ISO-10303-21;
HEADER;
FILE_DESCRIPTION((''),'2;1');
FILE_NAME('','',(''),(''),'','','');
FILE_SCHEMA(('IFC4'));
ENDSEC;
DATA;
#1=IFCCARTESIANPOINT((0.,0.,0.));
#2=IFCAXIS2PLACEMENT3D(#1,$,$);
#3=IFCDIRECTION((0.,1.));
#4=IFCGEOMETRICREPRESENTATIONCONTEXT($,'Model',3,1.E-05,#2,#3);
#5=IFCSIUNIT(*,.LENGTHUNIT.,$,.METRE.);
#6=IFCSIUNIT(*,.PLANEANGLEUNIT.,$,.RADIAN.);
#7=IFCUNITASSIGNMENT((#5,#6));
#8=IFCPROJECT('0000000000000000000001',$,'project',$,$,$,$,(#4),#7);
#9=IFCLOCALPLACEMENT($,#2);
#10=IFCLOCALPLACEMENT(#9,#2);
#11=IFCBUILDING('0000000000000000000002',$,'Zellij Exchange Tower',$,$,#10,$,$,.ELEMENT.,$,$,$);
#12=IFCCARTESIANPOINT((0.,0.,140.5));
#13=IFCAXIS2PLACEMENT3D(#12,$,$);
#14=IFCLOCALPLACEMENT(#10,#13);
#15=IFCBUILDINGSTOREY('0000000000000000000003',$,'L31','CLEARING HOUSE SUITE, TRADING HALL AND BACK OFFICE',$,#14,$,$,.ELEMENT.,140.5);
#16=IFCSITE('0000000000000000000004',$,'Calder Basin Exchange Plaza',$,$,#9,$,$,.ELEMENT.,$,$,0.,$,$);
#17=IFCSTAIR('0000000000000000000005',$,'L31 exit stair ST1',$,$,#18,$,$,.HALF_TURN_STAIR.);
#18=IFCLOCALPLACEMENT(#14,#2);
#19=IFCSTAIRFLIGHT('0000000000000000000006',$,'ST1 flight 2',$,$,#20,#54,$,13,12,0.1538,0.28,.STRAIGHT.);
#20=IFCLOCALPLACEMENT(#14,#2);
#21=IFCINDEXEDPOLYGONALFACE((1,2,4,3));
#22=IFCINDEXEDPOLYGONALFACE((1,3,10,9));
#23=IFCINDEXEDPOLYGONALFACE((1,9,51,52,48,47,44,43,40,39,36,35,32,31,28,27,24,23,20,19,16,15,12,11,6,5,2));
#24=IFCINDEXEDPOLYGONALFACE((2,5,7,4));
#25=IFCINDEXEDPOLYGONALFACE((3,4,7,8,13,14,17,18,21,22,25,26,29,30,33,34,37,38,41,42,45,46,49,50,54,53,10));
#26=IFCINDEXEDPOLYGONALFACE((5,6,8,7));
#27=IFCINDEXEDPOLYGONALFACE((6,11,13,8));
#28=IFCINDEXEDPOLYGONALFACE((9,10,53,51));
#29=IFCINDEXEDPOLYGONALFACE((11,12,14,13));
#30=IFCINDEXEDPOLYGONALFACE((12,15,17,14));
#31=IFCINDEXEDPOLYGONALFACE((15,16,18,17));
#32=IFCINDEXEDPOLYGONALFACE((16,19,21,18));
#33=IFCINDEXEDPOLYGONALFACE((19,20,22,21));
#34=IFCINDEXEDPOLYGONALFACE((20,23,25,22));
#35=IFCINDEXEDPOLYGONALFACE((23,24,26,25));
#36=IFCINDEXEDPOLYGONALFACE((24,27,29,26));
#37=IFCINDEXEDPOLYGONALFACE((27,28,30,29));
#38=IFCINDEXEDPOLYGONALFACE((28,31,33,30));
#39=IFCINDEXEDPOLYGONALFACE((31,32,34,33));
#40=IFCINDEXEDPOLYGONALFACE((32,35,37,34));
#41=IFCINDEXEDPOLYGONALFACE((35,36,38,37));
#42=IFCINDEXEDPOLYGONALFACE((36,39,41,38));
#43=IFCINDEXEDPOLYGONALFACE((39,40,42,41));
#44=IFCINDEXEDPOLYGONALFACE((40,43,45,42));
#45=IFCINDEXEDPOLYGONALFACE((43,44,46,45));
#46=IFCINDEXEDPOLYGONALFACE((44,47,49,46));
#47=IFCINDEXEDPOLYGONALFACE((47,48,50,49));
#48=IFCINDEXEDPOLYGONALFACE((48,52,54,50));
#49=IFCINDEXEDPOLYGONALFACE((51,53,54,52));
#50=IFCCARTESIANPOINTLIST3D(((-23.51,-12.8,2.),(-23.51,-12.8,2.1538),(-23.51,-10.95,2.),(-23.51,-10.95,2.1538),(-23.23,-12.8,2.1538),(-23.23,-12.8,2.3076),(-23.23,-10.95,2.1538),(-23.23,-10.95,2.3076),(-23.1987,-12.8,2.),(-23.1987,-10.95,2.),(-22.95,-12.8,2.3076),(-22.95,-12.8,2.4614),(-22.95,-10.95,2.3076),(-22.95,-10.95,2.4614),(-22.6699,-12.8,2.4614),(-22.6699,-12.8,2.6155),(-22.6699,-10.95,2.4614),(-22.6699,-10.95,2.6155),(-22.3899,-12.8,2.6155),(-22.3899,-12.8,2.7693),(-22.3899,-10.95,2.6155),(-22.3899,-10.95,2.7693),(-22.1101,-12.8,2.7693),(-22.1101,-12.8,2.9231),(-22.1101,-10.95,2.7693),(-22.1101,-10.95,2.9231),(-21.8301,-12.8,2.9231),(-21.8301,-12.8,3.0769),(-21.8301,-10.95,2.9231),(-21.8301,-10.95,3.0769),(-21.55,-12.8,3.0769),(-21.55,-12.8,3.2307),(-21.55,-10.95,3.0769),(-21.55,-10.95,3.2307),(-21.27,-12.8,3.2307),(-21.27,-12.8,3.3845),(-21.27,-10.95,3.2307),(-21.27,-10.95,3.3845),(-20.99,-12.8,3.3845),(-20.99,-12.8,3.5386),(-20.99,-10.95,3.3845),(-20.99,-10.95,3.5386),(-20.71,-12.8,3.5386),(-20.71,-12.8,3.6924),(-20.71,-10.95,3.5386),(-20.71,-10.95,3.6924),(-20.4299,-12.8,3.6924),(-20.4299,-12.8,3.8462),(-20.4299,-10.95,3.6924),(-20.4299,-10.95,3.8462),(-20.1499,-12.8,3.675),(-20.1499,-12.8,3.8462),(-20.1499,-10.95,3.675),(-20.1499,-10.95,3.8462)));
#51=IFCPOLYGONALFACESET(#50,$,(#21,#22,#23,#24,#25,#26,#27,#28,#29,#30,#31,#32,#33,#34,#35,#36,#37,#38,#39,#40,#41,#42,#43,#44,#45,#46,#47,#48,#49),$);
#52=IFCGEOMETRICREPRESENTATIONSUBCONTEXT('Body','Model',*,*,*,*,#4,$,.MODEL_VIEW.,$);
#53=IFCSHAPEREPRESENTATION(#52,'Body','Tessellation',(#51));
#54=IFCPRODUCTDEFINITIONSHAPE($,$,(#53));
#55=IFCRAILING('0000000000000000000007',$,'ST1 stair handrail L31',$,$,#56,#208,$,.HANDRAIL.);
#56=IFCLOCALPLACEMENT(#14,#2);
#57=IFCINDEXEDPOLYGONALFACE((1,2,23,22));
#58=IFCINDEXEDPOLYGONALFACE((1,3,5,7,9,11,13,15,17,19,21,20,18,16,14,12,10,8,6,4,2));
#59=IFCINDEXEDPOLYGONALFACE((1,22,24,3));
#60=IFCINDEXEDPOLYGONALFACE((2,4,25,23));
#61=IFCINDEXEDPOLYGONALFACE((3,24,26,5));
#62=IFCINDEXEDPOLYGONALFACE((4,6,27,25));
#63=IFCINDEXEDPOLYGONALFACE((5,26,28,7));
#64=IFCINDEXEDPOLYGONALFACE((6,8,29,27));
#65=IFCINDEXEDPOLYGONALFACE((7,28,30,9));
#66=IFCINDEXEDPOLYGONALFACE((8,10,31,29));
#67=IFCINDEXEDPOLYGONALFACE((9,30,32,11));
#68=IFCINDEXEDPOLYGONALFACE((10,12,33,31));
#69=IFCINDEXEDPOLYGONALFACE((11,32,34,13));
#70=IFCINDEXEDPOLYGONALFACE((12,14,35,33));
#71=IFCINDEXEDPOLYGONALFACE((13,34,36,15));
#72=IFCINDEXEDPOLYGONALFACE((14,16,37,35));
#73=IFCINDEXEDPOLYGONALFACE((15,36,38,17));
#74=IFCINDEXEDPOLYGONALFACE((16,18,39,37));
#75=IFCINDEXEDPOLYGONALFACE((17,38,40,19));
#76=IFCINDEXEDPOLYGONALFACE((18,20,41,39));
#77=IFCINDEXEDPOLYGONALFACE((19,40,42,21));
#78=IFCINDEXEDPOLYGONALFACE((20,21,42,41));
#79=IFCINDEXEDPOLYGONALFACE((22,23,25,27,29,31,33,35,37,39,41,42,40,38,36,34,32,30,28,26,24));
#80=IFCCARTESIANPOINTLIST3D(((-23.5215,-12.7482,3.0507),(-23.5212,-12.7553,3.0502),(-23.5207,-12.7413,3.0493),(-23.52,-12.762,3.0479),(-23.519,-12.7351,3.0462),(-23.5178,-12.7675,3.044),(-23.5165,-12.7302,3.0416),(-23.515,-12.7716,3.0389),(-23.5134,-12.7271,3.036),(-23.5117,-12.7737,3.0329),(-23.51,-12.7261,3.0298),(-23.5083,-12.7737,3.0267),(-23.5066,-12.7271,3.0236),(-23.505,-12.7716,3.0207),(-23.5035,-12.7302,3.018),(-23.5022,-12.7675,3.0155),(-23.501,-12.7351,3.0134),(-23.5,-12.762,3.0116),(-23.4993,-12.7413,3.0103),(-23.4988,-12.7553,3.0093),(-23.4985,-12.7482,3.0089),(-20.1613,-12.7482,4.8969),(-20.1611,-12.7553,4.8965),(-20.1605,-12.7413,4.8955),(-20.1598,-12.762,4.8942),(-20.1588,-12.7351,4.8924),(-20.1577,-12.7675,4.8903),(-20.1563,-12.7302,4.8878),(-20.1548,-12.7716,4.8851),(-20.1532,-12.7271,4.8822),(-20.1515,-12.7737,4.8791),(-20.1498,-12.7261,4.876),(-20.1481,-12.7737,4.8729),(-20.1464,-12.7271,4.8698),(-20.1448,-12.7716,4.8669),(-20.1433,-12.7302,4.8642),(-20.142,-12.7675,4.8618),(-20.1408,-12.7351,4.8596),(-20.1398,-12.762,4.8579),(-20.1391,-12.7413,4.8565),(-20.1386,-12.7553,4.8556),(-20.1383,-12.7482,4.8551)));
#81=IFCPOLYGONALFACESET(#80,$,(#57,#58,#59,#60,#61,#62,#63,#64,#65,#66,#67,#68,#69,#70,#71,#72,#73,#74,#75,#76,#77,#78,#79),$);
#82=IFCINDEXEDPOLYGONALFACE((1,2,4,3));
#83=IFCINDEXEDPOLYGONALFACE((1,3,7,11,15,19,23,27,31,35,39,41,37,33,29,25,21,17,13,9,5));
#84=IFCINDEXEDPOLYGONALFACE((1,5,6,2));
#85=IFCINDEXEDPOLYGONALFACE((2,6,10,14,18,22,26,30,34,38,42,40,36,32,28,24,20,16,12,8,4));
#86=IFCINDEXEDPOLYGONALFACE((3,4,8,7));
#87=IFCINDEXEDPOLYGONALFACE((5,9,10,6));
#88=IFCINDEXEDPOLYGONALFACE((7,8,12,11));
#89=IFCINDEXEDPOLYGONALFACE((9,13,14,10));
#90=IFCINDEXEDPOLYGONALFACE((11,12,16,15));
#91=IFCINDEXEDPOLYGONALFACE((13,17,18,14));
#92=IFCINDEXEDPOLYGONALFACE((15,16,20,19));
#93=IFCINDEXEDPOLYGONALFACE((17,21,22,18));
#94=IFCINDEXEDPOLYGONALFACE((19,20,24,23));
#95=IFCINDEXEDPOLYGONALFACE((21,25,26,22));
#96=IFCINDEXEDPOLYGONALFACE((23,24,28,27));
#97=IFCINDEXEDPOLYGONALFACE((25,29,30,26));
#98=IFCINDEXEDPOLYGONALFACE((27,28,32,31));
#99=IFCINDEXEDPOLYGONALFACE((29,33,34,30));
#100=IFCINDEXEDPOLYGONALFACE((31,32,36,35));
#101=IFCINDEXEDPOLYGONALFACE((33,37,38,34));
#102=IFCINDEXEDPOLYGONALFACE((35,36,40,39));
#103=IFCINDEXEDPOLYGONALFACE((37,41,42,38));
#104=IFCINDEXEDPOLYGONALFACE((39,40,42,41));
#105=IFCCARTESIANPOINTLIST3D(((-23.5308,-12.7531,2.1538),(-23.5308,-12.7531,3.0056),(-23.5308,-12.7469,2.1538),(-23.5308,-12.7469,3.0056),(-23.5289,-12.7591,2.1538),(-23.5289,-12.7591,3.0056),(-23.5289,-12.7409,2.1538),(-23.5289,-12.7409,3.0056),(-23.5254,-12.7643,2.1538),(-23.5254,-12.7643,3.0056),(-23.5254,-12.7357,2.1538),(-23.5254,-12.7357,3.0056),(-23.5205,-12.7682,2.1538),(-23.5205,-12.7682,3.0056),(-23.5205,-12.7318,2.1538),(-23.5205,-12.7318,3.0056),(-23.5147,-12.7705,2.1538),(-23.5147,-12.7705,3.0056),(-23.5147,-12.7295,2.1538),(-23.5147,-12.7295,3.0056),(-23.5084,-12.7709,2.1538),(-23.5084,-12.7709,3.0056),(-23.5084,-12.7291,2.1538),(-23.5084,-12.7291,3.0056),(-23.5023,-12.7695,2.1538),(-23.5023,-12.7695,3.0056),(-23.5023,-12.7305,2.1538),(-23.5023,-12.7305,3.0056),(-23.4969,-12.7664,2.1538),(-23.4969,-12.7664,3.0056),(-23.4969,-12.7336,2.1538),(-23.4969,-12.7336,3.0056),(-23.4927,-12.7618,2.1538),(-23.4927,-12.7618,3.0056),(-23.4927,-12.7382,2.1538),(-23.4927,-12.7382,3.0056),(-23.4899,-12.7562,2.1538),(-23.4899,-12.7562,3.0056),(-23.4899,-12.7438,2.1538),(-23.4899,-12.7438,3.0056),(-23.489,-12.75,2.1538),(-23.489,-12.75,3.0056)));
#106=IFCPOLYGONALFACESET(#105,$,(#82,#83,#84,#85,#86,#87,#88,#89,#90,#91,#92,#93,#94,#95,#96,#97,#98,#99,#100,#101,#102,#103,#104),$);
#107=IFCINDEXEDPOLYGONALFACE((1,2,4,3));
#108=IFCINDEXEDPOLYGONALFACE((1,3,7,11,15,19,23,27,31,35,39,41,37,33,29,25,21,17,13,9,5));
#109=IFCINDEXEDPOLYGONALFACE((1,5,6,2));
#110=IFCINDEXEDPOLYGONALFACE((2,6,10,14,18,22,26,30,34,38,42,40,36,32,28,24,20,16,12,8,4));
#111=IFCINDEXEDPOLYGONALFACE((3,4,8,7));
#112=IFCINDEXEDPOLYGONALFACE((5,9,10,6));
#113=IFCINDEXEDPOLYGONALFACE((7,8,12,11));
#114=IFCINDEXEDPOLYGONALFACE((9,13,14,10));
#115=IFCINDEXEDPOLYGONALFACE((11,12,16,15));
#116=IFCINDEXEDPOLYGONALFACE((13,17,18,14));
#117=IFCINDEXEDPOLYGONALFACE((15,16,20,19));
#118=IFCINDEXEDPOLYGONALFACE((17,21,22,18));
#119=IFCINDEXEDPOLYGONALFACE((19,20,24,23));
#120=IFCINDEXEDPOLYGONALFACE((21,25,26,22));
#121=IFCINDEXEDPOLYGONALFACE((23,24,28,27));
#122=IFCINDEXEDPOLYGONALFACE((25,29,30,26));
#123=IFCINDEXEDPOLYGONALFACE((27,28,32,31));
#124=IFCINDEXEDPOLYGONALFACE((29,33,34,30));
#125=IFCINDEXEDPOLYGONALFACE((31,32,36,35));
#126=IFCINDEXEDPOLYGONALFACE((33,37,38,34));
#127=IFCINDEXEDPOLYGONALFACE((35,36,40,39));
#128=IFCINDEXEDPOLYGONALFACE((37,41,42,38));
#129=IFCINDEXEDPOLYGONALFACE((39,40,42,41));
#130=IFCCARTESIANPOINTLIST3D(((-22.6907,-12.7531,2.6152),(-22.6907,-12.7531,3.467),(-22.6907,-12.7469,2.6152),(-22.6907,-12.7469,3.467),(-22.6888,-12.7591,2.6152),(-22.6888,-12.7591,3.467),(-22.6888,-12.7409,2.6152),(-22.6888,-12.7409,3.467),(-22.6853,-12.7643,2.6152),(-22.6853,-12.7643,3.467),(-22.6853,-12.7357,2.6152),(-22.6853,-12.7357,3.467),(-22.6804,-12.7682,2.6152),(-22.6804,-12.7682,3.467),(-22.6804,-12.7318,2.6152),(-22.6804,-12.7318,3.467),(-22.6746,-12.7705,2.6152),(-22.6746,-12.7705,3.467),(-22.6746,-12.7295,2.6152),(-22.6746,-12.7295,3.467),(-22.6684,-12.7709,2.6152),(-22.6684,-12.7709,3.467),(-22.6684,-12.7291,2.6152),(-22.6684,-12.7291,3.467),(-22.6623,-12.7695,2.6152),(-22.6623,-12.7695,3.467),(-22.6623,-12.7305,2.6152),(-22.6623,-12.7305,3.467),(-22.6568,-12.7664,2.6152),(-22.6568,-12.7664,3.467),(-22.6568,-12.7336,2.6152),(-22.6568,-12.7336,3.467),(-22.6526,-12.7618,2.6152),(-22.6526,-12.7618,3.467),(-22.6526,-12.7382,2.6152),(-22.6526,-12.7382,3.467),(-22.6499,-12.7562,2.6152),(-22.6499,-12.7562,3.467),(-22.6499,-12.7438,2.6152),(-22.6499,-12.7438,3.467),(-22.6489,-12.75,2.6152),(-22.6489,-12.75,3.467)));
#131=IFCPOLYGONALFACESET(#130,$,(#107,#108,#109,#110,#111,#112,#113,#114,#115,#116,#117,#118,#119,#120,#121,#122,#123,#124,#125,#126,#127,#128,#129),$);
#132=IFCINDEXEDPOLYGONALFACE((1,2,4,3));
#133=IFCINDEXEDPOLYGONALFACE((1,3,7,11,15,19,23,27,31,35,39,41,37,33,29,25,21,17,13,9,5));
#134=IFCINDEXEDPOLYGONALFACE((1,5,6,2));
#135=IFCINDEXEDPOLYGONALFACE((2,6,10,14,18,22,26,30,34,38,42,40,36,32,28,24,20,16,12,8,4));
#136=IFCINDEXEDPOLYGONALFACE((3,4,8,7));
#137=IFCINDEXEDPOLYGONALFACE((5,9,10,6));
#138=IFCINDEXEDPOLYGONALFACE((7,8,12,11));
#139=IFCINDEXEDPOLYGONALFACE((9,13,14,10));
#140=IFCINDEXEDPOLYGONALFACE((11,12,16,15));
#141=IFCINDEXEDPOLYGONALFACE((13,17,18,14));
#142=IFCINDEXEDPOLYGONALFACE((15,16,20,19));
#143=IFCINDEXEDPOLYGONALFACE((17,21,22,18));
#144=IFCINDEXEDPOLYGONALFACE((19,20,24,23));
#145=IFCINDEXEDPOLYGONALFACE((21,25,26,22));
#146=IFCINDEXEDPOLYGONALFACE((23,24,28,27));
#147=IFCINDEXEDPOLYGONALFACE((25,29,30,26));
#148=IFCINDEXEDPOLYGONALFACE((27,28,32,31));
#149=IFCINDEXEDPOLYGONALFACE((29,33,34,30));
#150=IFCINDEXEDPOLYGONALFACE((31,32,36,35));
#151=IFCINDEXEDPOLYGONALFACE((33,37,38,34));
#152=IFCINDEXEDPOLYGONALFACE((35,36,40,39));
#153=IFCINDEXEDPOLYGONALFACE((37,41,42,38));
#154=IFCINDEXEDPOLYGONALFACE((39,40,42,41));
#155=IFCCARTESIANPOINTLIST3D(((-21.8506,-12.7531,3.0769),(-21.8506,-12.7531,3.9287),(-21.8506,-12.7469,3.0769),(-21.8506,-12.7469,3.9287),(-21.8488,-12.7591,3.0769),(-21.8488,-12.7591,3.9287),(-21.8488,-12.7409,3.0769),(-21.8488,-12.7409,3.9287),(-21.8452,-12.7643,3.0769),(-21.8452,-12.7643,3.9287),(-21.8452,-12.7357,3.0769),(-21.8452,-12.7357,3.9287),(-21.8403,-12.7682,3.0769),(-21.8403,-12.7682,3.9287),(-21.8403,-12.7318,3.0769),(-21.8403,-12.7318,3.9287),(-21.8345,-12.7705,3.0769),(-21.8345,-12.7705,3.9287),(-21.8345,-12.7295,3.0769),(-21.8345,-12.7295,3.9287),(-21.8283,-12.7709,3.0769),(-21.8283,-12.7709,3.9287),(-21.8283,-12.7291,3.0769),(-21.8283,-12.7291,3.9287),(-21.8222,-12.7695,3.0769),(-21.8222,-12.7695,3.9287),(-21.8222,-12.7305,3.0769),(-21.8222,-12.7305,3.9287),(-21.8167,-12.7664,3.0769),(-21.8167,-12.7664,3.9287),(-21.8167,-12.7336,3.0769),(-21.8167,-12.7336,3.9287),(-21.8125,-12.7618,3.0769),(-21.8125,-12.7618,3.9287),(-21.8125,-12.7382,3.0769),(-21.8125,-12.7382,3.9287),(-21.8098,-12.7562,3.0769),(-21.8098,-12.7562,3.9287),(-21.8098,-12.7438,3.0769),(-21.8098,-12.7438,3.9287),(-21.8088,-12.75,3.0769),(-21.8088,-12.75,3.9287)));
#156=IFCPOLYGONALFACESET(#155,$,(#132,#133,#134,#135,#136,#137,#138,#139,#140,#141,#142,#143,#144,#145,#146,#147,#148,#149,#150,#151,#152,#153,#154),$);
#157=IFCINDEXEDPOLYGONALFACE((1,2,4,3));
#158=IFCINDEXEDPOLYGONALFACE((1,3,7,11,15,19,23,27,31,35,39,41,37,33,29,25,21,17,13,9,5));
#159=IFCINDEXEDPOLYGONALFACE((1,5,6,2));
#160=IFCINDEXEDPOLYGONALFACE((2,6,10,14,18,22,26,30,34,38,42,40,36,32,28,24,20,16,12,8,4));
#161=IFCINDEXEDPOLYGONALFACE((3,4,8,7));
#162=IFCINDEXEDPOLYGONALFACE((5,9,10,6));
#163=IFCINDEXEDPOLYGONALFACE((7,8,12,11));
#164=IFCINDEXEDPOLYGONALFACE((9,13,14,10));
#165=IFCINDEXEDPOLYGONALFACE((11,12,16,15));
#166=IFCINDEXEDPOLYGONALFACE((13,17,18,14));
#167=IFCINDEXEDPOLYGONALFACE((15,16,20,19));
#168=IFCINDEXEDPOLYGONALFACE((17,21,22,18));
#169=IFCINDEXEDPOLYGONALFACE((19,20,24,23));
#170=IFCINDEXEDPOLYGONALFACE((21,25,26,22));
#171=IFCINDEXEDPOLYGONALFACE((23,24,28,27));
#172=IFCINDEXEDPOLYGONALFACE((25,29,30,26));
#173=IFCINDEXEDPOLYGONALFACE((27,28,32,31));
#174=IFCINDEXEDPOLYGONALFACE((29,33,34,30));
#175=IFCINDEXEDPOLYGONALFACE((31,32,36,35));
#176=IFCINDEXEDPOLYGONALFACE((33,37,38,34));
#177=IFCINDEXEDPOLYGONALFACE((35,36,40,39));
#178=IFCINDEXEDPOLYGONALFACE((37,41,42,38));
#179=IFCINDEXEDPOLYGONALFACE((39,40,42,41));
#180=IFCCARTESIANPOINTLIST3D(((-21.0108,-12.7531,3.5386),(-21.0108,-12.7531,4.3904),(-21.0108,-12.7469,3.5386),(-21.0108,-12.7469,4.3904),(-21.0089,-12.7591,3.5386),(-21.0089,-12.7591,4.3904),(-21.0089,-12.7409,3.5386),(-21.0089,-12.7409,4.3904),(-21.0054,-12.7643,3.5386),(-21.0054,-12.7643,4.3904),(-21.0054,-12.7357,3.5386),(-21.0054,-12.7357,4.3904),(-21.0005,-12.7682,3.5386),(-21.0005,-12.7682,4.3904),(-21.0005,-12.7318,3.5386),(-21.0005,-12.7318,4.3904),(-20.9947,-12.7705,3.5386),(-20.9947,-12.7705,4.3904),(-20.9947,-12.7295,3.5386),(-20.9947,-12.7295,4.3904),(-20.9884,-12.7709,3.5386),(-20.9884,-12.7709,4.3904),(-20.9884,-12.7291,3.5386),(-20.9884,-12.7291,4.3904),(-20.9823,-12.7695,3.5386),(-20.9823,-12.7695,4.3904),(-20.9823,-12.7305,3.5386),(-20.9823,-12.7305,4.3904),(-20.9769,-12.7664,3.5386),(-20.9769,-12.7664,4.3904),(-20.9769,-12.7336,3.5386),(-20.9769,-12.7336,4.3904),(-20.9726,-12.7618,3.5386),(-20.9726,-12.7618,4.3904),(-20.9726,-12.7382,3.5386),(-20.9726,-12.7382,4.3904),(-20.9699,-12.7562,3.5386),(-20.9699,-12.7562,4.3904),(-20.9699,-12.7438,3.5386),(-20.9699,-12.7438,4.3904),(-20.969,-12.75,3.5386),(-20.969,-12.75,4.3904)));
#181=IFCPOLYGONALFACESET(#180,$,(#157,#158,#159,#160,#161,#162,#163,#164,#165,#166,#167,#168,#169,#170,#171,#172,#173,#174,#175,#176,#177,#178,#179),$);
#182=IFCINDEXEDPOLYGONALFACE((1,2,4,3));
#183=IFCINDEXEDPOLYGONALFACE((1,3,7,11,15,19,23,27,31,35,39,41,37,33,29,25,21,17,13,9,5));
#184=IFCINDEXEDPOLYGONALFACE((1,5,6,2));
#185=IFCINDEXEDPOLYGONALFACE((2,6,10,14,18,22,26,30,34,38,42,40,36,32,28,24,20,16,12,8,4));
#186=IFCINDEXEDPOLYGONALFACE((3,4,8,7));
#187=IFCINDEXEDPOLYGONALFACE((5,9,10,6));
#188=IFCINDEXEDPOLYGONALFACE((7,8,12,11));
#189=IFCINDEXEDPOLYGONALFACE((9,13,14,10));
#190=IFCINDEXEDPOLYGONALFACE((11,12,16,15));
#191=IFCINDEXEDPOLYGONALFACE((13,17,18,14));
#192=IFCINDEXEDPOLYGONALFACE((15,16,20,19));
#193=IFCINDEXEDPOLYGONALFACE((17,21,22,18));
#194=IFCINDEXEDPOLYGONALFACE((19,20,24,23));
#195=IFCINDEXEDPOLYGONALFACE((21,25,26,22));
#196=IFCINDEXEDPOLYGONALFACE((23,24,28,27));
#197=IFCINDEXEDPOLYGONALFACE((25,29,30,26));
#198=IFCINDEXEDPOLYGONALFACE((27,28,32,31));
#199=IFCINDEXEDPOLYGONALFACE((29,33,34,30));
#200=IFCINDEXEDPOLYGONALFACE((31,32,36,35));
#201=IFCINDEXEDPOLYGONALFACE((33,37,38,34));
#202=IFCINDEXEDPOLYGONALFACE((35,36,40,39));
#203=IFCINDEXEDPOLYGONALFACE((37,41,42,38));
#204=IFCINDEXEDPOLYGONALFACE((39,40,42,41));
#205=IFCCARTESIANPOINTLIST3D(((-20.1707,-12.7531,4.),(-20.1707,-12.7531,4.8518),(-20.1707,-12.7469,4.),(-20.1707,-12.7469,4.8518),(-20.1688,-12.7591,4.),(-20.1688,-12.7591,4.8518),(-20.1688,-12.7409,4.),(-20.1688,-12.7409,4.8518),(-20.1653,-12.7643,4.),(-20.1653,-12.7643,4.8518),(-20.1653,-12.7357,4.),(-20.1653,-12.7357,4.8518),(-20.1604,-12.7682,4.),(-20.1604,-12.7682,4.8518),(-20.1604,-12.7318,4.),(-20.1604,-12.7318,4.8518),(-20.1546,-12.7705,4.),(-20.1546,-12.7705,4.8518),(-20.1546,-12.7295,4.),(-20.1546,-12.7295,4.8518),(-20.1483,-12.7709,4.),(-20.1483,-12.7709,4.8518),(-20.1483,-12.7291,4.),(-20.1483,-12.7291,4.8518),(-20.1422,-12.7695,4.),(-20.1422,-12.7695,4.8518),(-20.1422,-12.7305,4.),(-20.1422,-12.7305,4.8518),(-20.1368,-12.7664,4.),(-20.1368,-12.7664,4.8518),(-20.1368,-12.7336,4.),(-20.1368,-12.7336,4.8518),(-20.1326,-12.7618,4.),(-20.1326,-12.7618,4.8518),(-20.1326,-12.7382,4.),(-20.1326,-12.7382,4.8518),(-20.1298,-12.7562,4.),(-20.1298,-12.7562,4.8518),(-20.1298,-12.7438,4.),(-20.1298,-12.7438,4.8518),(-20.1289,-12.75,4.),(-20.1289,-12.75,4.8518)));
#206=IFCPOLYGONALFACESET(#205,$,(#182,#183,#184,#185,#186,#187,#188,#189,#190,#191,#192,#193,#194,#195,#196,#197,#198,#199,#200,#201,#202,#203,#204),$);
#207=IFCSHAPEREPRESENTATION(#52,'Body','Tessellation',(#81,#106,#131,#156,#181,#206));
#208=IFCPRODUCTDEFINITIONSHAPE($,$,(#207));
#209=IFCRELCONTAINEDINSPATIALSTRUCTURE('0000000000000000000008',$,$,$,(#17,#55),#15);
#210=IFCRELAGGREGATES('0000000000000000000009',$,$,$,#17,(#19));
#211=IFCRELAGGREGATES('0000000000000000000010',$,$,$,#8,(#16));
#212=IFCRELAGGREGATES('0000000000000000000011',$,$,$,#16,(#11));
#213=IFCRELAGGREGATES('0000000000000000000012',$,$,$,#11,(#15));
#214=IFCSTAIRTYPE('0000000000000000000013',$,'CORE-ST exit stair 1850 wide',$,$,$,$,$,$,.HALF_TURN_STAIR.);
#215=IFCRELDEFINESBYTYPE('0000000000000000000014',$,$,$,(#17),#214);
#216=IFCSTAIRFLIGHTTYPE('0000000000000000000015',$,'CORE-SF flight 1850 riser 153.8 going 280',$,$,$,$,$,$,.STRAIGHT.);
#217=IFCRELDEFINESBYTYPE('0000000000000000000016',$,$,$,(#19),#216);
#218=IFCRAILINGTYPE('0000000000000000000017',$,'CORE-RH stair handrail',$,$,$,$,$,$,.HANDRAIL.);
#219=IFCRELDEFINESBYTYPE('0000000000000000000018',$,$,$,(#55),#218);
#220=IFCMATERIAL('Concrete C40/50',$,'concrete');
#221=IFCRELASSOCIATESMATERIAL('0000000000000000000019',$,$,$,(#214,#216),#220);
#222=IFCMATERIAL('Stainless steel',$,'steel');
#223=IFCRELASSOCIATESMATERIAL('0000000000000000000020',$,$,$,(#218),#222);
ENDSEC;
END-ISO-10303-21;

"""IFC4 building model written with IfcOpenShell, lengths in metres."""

from ifc_helpers import new_model, si_unit, direction, frame, origin, origin_2d, place, context, subcontext, project, spatial, polyline, circle, outline, extrude, material, type_object, element, aggregate, save


model = new_model("IFC4")

# Units and contexts
model_context = context("Model", 3, precision=1e-05, world=origin(), true_north=direction((0.0, 1.0)))
body_context = subcontext(model_context, "Body", "Model", "MODEL_VIEW")
ifc_project = project(units=[si_unit("LENGTHUNIT", "METRE"), si_unit("PLANEANGLEUNIT", "RADIAN")], contexts=[model_context])

# Site, building, storey
site_placement = place(None, origin())
site = spatial("IfcSite", under=ifc_project, at=site_placement, Name="Calder Basin Exchange Plaza", CompositionType="ELEMENT", RefElevation=0.0)
building_placement = place(site_placement, origin())
building = spatial("IfcBuilding", under=site, at=building_placement, Name="Zellij Exchange Tower", CompositionType="ELEMENT")
storey_placement = place(building_placement, frame((0.0, 0.0, 140.5)))
storey = spatial("IfcBuildingStorey", under=building, at=storey_placement, Name="L31", Description="CLEARING HOUSE SUITE, TRADING HALL AND BACK OFFICE", CompositionType="ELEMENT", Elevation=140.5)

# Stair, stair flight
ifc_material_1 = material(Name="Concrete C40/50", Category="concrete")
stair_type = type_object("IfcStairType", Name="CORE-ST exit stair 1850 wide", PredefinedType="HALF_TURN_STAIR", material=ifc_material_1)
stair_placement = place(storey_placement, origin())
stair = element("IfcStair", 1, at=stair_placement, inside=storey, type_object=stair_type, Name="L31 exit stair ST1", PredefinedType="HALF_TURN_STAIR")
stair_flight_type = type_object("IfcStairFlightType", Name="CORE-SF flight 1850 riser 153.8 going 280", PredefinedType="STRAIGHT", material=ifc_material_1)
stair_flight_placement = place(storey_placement, frame((-23.51, -11.875, 2.0), z_axis=(0.0, 0.0, 1.0), x_axis=(1.0, 0.0, 0.0)))
stair_flight = element("IfcStairFlight", 2, at=stair_flight_placement, type_object=stair_flight_type, Name="ST1 flight 2", NumberOfRisers=13, NumberOfTreads=12, PredefinedType="STRAIGHT", RiserHeight=0.1538, TreadLength=0.28, context=body_context, shape_type="SweptSolid", body=[
    extrude(outline(polyline([(0.0, 0.0), (0.0, 0.1538), (0.28, 0.1538), (0.28, 0.3076), (0.5601, 0.3076), (0.5601, 0.4614), (0.8401, 0.4614), (0.8401, 0.6155), (1.1201, 0.6155), (1.1201, 0.7693), (1.3999, 0.7693), (1.3999, 0.9231), (1.6799, 0.9231), (1.6799, 1.0769), (1.96, 1.0769), (1.96, 1.2307), (2.24, 1.2307), (2.24, 1.3845), (2.52, 1.3845), (2.52, 1.5386), (2.8, 1.5386), (2.8, 1.6924), (3.0801, 1.6924), (3.0801, 1.8462), (3.3601, 1.8462), (3.3601, 2.0), (3.3601, 1.675), (0.3113, 0.0), (0.0, 0.0)])), frame((0.0, 0.925, 0.0), z_axis=(0.0, -1.0, 0.0), x_axis=(1.0, 0.0, 0.0)), (0.0, 0.0, 1.0), 1.8501),
])
aggregate(stair, [stair_flight])

# Railing
ifc_material_2 = material(Name="Stainless steel", Category="steel")
railing_type = type_object("IfcRailingType", Name="CORE-RH stair handrail", PredefinedType="HANDRAIL", material=ifc_material_2)
railing_placement = place(storey_placement, frame((-23.51, -12.75, 2.1538)))
element("IfcRailing", 3, at=railing_placement, inside=storey, type_object=railing_type, Name="ST1 stair handrail L31", PredefinedType="HANDRAIL", context=body_context, shape_type="SweptSolid", body=[
    extrude(circle(Radius=0.0239, at=origin_2d()), frame((0.0, 0.0, 0.876), z_axis=(0.876422, 0.0, 0.481545), x_axis=(0.0, 1.0, 0.0)), (0.0, 0.0, 1.0), 3.834),
    extrude(circle(Radius=0.021, at=origin_2d()), origin(), (0.0, 0.0, 1.0), 0.8518),
    extrude(circle(Radius=0.021, at=origin_2d()), frame((0.8401, 0.0, 0.4614)), (0.0, 0.0, 1.0), 0.8518),
    extrude(circle(Radius=0.021, at=origin_2d()), frame((1.6802, 0.0, 0.9231)), (0.0, 0.0, 1.0), 0.8518),
    extrude(circle(Radius=0.021, at=origin_2d()), frame((2.52, 0.0, 1.3848)), (0.0, 0.0, 1.0), 0.8518),
    extrude(circle(Radius=0.021, at=origin_2d()), frame((3.3601, 0.0, 1.8462)), (0.0, 0.0, 1.0), 0.8518),
])

save(model, "model.ifc")
